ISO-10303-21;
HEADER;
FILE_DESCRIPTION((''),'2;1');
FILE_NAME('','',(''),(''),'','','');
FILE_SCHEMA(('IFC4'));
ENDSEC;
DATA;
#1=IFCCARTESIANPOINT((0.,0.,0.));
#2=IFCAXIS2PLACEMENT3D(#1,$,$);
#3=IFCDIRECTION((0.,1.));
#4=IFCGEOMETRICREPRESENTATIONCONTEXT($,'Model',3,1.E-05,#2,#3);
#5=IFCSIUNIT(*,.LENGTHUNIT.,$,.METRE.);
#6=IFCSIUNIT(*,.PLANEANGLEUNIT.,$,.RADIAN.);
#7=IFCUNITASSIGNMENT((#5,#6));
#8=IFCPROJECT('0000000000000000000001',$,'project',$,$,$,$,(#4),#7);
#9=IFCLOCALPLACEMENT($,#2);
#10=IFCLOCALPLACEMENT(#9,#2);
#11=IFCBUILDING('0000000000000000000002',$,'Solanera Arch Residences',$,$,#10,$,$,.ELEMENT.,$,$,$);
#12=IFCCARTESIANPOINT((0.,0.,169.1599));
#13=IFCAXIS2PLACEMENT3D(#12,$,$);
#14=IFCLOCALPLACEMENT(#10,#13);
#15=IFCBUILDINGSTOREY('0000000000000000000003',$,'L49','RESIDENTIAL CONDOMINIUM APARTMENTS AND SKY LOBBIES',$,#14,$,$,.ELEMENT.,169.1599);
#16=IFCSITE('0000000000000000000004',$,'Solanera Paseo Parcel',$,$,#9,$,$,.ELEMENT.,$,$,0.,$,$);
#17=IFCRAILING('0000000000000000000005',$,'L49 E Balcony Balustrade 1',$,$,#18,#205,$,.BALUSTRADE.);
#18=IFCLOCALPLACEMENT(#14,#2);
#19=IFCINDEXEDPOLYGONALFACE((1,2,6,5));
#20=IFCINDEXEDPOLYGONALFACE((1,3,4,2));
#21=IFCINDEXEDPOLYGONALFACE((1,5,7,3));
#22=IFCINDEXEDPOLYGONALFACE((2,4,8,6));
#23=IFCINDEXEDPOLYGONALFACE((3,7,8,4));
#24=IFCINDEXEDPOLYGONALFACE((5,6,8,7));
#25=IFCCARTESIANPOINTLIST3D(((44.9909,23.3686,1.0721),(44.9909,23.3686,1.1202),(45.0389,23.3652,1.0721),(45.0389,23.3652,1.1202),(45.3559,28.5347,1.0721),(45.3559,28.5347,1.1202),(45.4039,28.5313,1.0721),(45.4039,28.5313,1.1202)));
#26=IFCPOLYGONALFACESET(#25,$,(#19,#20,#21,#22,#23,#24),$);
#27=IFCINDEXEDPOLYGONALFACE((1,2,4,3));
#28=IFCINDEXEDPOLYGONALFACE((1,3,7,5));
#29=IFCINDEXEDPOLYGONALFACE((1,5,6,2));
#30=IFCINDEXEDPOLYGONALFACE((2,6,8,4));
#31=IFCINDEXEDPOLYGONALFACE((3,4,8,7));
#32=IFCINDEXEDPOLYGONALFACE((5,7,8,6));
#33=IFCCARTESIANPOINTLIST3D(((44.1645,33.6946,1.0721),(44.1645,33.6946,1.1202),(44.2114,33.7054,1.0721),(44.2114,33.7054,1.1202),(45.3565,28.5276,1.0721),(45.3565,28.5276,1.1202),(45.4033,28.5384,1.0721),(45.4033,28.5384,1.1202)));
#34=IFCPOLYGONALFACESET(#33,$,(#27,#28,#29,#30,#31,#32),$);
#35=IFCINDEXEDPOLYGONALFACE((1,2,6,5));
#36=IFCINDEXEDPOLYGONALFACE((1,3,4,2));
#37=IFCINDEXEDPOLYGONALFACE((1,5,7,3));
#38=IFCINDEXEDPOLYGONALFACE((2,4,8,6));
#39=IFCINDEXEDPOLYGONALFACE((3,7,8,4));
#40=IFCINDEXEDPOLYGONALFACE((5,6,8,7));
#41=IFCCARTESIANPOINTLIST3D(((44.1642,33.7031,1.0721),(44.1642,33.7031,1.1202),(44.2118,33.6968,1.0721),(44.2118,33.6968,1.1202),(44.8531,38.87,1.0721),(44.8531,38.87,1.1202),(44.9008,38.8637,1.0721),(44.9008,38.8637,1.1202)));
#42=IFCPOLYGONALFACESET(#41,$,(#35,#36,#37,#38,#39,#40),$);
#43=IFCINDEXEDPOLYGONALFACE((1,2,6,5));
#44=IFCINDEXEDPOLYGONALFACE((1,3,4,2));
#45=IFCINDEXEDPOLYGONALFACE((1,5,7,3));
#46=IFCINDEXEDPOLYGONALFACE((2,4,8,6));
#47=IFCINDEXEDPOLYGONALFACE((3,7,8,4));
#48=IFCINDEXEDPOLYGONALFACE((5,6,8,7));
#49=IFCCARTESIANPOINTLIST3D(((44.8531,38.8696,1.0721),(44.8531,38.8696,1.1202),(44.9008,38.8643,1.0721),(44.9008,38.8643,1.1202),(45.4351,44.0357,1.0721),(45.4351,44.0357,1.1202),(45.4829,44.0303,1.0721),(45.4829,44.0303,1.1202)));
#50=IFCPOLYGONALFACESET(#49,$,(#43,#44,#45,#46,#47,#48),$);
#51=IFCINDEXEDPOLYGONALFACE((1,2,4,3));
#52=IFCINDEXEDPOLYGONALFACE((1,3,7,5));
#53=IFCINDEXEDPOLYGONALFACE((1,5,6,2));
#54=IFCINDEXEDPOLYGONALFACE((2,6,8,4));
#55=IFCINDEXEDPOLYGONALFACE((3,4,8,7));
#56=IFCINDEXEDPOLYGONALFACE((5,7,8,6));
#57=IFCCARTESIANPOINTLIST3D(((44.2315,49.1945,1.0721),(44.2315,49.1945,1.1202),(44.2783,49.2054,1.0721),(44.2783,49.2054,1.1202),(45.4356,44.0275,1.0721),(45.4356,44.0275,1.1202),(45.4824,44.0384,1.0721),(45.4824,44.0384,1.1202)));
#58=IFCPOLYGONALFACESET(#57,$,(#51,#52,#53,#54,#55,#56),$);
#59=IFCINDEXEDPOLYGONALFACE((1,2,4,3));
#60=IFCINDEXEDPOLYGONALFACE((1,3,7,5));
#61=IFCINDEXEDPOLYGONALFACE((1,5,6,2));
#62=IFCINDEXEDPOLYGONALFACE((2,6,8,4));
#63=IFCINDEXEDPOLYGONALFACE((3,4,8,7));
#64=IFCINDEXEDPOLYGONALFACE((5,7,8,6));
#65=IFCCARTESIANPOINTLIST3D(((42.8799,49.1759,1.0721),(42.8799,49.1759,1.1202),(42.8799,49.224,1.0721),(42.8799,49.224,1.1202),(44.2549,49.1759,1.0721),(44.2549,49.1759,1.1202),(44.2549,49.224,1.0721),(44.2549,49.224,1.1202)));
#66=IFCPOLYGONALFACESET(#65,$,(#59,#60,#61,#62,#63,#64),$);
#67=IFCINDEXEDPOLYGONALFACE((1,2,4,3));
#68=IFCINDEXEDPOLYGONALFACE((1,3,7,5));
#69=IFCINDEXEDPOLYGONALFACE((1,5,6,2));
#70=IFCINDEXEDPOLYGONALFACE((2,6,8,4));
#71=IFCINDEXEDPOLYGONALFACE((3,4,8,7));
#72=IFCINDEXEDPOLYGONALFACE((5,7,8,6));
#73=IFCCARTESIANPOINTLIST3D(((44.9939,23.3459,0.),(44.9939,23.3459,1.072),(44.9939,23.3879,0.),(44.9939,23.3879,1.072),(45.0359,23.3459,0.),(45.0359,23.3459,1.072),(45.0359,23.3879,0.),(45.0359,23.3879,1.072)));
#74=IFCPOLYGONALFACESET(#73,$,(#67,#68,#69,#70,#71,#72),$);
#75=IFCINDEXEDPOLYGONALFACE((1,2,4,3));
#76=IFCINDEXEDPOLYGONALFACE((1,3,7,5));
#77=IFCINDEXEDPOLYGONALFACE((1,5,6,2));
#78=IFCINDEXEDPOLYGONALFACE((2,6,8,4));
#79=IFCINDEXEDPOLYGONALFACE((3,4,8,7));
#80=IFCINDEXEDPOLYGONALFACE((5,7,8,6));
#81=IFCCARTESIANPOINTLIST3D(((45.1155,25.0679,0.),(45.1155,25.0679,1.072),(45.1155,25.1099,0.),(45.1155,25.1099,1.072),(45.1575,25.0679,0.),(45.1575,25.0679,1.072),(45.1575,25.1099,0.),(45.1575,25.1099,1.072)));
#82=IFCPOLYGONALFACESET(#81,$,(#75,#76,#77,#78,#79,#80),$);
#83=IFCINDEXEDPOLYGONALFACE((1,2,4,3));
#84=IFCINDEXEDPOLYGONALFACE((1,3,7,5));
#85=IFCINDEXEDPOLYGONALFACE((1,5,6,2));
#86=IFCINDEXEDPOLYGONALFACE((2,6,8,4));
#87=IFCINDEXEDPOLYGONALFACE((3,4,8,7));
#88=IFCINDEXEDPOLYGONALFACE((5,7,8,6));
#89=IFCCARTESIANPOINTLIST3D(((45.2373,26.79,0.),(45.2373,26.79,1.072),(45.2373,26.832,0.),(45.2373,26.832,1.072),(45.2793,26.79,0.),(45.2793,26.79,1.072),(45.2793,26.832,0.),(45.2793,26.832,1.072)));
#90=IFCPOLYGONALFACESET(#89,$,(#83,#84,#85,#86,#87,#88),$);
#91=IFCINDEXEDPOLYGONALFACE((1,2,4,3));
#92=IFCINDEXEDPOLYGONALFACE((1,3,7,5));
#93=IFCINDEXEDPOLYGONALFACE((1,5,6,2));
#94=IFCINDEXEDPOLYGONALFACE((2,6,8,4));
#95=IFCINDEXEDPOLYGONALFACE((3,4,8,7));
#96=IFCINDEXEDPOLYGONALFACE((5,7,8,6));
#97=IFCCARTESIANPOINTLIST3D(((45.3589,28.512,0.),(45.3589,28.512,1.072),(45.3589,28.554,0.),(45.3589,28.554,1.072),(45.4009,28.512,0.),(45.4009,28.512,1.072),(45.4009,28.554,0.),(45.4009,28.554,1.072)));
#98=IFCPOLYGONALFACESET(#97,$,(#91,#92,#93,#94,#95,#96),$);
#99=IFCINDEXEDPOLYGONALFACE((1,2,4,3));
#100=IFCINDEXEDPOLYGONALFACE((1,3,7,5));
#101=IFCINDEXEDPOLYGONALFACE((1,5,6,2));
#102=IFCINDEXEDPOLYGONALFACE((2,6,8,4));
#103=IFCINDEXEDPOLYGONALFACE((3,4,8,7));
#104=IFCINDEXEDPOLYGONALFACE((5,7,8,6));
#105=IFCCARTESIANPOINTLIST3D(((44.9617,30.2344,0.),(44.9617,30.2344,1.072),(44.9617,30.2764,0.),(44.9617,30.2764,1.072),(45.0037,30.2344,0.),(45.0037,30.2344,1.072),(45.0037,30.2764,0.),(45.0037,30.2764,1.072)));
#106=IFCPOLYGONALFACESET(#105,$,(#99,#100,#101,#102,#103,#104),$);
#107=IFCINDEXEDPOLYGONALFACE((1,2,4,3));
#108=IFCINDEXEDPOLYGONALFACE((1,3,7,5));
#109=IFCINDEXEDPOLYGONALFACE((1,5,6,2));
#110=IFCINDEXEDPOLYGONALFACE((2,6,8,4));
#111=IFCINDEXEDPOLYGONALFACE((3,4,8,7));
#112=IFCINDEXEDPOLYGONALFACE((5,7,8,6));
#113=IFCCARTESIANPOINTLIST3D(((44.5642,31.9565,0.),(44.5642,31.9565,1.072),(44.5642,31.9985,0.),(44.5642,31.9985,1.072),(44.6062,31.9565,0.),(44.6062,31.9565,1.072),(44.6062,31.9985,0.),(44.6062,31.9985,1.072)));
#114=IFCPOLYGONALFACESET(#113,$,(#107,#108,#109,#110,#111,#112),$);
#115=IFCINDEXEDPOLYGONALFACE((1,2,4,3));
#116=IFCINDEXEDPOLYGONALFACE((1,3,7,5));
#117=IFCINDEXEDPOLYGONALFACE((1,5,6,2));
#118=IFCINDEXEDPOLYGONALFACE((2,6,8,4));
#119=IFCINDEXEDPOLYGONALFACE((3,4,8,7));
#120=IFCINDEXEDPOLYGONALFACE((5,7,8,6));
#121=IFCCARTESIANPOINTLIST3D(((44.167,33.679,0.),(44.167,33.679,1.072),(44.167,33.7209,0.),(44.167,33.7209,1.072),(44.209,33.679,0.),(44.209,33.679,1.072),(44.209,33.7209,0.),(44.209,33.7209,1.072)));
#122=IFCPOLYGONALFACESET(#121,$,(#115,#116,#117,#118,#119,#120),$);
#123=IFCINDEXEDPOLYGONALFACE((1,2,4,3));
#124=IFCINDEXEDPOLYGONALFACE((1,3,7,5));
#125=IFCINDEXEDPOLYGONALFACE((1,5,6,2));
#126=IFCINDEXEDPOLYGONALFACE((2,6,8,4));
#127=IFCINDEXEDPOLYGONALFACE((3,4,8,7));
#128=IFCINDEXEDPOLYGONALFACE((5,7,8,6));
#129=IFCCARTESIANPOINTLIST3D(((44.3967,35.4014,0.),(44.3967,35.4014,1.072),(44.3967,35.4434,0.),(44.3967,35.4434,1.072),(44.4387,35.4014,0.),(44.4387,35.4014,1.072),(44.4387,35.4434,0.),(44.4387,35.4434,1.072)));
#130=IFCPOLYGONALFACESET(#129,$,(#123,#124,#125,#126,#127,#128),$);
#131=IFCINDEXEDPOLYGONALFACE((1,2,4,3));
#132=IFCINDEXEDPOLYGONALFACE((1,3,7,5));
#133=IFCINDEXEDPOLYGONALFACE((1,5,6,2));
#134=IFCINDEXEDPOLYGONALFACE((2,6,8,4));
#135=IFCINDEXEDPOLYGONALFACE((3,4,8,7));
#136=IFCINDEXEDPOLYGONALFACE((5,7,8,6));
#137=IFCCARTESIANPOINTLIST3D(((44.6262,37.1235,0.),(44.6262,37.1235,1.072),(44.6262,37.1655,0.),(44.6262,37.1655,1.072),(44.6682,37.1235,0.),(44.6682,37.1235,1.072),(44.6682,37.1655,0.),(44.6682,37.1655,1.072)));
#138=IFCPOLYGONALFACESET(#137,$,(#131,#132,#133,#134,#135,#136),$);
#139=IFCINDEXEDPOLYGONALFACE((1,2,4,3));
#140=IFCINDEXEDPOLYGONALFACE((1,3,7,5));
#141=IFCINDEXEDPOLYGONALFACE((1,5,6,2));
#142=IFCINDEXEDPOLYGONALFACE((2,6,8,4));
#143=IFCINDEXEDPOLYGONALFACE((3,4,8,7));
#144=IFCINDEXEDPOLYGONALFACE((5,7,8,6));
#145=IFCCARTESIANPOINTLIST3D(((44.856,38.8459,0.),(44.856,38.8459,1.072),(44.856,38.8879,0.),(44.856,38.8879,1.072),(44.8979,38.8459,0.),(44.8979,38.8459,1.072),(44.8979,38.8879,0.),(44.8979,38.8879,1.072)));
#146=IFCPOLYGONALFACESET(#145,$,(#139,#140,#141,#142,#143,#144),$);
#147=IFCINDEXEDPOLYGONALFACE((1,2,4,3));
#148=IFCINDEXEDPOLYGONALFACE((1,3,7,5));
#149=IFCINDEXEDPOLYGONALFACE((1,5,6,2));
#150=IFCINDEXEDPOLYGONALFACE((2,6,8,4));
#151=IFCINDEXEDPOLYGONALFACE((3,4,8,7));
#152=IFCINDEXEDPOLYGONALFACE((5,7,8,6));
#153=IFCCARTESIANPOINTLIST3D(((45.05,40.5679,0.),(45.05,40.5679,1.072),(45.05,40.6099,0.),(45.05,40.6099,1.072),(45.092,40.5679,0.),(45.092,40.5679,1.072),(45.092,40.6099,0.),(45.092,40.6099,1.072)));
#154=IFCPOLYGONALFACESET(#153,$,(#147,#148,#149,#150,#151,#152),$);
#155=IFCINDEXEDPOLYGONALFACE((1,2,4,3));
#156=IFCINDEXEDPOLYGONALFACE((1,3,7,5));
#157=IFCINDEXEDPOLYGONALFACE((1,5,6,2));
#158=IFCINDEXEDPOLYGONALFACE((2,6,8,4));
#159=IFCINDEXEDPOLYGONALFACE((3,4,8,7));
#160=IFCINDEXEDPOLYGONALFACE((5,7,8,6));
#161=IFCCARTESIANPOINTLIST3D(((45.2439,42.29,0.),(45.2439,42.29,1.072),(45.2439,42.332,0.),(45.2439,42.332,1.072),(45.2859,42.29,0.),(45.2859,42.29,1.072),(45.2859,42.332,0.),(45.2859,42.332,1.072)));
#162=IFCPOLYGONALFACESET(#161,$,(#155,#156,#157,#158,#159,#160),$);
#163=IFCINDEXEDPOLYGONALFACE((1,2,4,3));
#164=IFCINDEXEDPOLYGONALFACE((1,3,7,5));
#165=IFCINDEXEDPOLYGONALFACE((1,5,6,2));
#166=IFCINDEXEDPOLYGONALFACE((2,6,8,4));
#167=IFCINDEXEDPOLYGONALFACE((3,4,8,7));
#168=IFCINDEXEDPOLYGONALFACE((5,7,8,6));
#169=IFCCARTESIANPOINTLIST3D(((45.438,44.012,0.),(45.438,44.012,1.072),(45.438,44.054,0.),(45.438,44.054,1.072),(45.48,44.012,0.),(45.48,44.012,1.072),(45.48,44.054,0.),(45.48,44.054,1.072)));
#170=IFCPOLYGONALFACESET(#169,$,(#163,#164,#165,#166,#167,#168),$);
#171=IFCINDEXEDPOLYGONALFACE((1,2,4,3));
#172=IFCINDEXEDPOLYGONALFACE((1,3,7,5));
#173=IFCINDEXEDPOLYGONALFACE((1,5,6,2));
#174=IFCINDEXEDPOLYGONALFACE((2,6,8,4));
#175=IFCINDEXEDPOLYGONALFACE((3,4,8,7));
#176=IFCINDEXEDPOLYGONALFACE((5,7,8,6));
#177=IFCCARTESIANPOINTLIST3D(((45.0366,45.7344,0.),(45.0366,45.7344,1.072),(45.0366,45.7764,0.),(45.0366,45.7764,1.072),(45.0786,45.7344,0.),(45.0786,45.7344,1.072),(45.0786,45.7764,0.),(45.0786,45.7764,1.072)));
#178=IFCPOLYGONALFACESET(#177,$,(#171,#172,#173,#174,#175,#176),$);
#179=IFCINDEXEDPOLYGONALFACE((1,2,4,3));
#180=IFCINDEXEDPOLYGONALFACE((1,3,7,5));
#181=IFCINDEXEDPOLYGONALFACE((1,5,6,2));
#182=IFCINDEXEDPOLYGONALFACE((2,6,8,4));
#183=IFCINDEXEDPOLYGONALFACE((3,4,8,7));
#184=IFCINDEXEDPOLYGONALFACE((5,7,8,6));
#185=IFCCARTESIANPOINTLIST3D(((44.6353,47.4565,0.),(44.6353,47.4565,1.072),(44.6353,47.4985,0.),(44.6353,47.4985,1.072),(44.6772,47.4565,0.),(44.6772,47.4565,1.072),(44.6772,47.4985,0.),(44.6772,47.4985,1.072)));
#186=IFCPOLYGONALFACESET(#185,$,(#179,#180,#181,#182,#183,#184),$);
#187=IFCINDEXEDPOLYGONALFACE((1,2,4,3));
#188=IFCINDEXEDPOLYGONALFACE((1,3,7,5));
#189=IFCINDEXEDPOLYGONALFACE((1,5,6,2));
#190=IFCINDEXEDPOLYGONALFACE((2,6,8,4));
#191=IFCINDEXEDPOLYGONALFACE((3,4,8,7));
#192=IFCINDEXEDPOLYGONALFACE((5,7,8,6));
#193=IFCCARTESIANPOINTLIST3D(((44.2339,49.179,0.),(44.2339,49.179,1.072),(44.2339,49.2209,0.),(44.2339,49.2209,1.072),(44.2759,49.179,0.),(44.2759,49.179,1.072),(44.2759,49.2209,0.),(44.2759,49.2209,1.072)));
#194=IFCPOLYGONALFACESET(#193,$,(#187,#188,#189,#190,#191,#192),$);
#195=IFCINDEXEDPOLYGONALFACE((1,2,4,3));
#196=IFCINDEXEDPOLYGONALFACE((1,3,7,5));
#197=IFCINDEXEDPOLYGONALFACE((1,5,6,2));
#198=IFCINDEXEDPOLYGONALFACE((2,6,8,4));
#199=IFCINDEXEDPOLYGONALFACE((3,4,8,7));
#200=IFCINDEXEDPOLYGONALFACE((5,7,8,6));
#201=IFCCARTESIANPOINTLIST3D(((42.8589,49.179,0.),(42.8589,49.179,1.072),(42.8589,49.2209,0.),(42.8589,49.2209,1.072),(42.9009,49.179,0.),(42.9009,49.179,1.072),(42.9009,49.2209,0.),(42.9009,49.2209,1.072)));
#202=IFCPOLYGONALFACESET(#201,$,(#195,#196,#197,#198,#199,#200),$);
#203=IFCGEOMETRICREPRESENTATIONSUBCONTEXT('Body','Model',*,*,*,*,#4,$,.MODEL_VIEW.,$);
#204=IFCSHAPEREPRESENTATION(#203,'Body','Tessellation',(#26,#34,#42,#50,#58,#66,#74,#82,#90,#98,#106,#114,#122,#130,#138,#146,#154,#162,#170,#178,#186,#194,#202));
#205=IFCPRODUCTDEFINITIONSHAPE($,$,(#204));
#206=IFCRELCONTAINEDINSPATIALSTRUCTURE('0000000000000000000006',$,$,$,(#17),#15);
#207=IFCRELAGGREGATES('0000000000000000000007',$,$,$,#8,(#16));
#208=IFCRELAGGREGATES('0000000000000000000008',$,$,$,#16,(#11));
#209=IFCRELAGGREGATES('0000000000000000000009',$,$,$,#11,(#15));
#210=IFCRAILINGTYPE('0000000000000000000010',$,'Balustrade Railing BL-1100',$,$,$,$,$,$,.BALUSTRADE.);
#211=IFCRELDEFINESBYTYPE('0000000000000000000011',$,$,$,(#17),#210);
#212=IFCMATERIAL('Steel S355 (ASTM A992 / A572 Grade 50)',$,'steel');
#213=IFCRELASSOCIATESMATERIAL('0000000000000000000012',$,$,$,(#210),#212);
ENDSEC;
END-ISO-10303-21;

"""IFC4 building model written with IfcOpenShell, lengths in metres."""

from ifc_helpers import new_model, si_unit, direction, frame, origin, origin_2d, place, context, subcontext, project, spatial, rectangle, extrude, material, type_object, element, save


model = new_model("IFC4")

# Units and contexts
model_context = context("Model", 3, precision=1e-05, world=origin(), true_north=direction((0.0, 1.0)))
body_context = subcontext(model_context, "Body", "Model", "MODEL_VIEW")
ifc_project = project(units=[si_unit("LENGTHUNIT", "METRE"), si_unit("PLANEANGLEUNIT", "RADIAN")], contexts=[model_context])

# Site, building, storey
site_placement = place(None, origin())
site = spatial("IfcSite", under=ifc_project, at=site_placement, Name="Solanera Paseo Parcel", CompositionType="ELEMENT", RefElevation=0.0)
building_placement = place(site_placement, origin())
building = spatial("IfcBuilding", under=site, at=building_placement, Name="Solanera Arch Residences", CompositionType="ELEMENT")
storey_placement = place(building_placement, frame((0.0, 0.0, 169.1599)))
storey = spatial("IfcBuildingStorey", under=building, at=storey_placement, Name="L49", Description="RESIDENTIAL CONDOMINIUM APARTMENTS AND SKY LOBBIES", CompositionType="ELEMENT", Elevation=169.1599)

# Railing
ifc_material_1 = material(Name="Steel S355 (ASTM A992 / A572 Grade 50)", Category="steel")
railing_type = type_object("IfcRailingType", Name="Balustrade Railing BL-1100", PredefinedType="BALUSTRADE", material=ifc_material_1)
railing_placement = place(storey_placement, frame((45.0149, 23.3669, 0.0)))
element("IfcRailing", 1, at=railing_placement, inside=storey, type_object=railing_type, Name="L49 E Balcony Balustrade 1", PredefinedType="BALUSTRADE", context=body_context, shape_type="SweptSolid", body=[
    extrude(rectangle(XDim=0.0481, YDim=0.0481, at=origin_2d()), frame((0.0, 0.0, 1.0962), z_axis=(0.070476, 0.997513, 0.0), x_axis=(-0.997513, 0.070476, 0.0)), (0.0, 0.0, 1.0), 5.179),
    extrude(rectangle(XDim=0.0481, YDim=0.0481, at=origin_2d()), frame((0.365, 5.166, 1.0962), z_axis=(-0.224772, 0.974411, 0.0), x_axis=(-0.974411, -0.224772, 0.0)), (0.0, 0.0, 1.0), 5.3027),
    extrude(rectangle(XDim=0.0481, YDim=0.0481, at=origin_2d()), frame((-0.8269, 10.333, 1.0962), z_axis=(0.13217, 0.991227, 0.0), x_axis=(-0.991227, 0.13217, 0.0)), (0.0, 0.0, 1.0), 5.2126),
    extrude(rectangle(XDim=0.0481, YDim=0.0481, at=origin_2d()), frame((-0.1379, 15.5, 1.0962), z_axis=(0.111957, 0.993713, 0.0), x_axis=(-0.993713, 0.111957, 0.0)), (0.0, 0.0, 1.0), 5.1987),
    extrude(rectangle(XDim=0.0481, YDim=0.0481, at=origin_2d()), frame((0.4441, 20.666, 1.0962), z_axis=(-0.226956, 0.973905, 0.0), x_axis=(-0.973905, -0.226956, 0.0)), (0.0, 0.0, 1.0), 5.3054),
    extrude(rectangle(XDim=0.0481, YDim=0.0481, at=origin_2d()), frame((-0.76, 25.833, 1.0962), z_axis=(-1.0, 0.0, 0.0), x_axis=(0.0, -1.0, 0.0)), (0.0, 0.0, 1.0), 1.375),
    extrude(rectangle(XDim=0.042, YDim=0.042, at=origin_2d()), origin(), (0.0, 0.0, 1.0), 1.072),
    extrude(rectangle(XDim=0.042, YDim=0.042, at=origin_2d()), frame((0.1216, 1.7219, 0.0)), (0.0, 0.0, 1.0), 1.072),
    extrude(rectangle(XDim=0.042, YDim=0.042, at=origin_2d()), frame((0.2434, 3.4441, 0.0)), (0.0, 0.0, 1.0), 1.072),
    extrude(rectangle(XDim=0.042, YDim=0.042, at=origin_2d()), frame((0.365, 5.166, 0.0)), (0.0, 0.0, 1.0), 1.072),
    extrude(rectangle(XDim=0.042, YDim=0.042, at=origin_2d()), frame((-0.0322, 6.8884, 0.0)), (0.0, 0.0, 1.0), 1.072),
    extrude(rectangle(XDim=0.042, YDim=0.042, at=origin_2d()), frame((-0.4297, 8.6106, 0.0)), (0.0, 0.0, 1.0), 1.072),
    extrude(rectangle(XDim=0.042, YDim=0.042, at=origin_2d()), frame((-0.8269, 10.333, 0.0)), (0.0, 0.0, 1.0), 1.072),
    extrude(rectangle(XDim=0.042, YDim=0.042, at=origin_2d()), frame((-0.5972, 12.0554, 0.0)), (0.0, 0.0, 1.0), 1.072),
    extrude(rectangle(XDim=0.042, YDim=0.042, at=origin_2d()), frame((-0.3677, 13.7776, 0.0)), (0.0, 0.0, 1.0), 1.072),
    extrude(rectangle(XDim=0.042, YDim=0.042, at=origin_2d()), frame((-0.1379, 15.5, 0.0)), (0.0, 0.0, 1.0), 1.072),
    extrude(rectangle(XDim=0.042, YDim=0.042, at=origin_2d()), frame((0.0562, 17.2219, 0.0)), (0.0, 0.0, 1.0), 1.072),
    extrude(rectangle(XDim=0.042, YDim=0.042, at=origin_2d()), frame((0.25, 18.9441, 0.0)), (0.0, 0.0, 1.0), 1.072),
    extrude(rectangle(XDim=0.042, YDim=0.042, at=origin_2d()), frame((0.4441, 20.666, 0.0)), (0.0, 0.0, 1.0), 1.072),
    extrude(rectangle(XDim=0.042, YDim=0.042, at=origin_2d()), frame((0.0427, 22.3884, 0.0)), (0.0, 0.0, 1.0), 1.072),
    extrude(rectangle(XDim=0.042, YDim=0.042, at=origin_2d()), frame((-0.3586, 24.1106, 0.0)), (0.0, 0.0, 1.0), 1.072),
    extrude(rectangle(XDim=0.042, YDim=0.042, at=origin_2d()), frame((-0.76, 25.833, 0.0)), (0.0, 0.0, 1.0), 1.072),
    extrude(rectangle(XDim=0.042, YDim=0.042, at=origin_2d()), frame((-2.135, 25.833, 0.0)), (0.0, 0.0, 1.0), 1.072),
])

save(model, "model.ifc")
